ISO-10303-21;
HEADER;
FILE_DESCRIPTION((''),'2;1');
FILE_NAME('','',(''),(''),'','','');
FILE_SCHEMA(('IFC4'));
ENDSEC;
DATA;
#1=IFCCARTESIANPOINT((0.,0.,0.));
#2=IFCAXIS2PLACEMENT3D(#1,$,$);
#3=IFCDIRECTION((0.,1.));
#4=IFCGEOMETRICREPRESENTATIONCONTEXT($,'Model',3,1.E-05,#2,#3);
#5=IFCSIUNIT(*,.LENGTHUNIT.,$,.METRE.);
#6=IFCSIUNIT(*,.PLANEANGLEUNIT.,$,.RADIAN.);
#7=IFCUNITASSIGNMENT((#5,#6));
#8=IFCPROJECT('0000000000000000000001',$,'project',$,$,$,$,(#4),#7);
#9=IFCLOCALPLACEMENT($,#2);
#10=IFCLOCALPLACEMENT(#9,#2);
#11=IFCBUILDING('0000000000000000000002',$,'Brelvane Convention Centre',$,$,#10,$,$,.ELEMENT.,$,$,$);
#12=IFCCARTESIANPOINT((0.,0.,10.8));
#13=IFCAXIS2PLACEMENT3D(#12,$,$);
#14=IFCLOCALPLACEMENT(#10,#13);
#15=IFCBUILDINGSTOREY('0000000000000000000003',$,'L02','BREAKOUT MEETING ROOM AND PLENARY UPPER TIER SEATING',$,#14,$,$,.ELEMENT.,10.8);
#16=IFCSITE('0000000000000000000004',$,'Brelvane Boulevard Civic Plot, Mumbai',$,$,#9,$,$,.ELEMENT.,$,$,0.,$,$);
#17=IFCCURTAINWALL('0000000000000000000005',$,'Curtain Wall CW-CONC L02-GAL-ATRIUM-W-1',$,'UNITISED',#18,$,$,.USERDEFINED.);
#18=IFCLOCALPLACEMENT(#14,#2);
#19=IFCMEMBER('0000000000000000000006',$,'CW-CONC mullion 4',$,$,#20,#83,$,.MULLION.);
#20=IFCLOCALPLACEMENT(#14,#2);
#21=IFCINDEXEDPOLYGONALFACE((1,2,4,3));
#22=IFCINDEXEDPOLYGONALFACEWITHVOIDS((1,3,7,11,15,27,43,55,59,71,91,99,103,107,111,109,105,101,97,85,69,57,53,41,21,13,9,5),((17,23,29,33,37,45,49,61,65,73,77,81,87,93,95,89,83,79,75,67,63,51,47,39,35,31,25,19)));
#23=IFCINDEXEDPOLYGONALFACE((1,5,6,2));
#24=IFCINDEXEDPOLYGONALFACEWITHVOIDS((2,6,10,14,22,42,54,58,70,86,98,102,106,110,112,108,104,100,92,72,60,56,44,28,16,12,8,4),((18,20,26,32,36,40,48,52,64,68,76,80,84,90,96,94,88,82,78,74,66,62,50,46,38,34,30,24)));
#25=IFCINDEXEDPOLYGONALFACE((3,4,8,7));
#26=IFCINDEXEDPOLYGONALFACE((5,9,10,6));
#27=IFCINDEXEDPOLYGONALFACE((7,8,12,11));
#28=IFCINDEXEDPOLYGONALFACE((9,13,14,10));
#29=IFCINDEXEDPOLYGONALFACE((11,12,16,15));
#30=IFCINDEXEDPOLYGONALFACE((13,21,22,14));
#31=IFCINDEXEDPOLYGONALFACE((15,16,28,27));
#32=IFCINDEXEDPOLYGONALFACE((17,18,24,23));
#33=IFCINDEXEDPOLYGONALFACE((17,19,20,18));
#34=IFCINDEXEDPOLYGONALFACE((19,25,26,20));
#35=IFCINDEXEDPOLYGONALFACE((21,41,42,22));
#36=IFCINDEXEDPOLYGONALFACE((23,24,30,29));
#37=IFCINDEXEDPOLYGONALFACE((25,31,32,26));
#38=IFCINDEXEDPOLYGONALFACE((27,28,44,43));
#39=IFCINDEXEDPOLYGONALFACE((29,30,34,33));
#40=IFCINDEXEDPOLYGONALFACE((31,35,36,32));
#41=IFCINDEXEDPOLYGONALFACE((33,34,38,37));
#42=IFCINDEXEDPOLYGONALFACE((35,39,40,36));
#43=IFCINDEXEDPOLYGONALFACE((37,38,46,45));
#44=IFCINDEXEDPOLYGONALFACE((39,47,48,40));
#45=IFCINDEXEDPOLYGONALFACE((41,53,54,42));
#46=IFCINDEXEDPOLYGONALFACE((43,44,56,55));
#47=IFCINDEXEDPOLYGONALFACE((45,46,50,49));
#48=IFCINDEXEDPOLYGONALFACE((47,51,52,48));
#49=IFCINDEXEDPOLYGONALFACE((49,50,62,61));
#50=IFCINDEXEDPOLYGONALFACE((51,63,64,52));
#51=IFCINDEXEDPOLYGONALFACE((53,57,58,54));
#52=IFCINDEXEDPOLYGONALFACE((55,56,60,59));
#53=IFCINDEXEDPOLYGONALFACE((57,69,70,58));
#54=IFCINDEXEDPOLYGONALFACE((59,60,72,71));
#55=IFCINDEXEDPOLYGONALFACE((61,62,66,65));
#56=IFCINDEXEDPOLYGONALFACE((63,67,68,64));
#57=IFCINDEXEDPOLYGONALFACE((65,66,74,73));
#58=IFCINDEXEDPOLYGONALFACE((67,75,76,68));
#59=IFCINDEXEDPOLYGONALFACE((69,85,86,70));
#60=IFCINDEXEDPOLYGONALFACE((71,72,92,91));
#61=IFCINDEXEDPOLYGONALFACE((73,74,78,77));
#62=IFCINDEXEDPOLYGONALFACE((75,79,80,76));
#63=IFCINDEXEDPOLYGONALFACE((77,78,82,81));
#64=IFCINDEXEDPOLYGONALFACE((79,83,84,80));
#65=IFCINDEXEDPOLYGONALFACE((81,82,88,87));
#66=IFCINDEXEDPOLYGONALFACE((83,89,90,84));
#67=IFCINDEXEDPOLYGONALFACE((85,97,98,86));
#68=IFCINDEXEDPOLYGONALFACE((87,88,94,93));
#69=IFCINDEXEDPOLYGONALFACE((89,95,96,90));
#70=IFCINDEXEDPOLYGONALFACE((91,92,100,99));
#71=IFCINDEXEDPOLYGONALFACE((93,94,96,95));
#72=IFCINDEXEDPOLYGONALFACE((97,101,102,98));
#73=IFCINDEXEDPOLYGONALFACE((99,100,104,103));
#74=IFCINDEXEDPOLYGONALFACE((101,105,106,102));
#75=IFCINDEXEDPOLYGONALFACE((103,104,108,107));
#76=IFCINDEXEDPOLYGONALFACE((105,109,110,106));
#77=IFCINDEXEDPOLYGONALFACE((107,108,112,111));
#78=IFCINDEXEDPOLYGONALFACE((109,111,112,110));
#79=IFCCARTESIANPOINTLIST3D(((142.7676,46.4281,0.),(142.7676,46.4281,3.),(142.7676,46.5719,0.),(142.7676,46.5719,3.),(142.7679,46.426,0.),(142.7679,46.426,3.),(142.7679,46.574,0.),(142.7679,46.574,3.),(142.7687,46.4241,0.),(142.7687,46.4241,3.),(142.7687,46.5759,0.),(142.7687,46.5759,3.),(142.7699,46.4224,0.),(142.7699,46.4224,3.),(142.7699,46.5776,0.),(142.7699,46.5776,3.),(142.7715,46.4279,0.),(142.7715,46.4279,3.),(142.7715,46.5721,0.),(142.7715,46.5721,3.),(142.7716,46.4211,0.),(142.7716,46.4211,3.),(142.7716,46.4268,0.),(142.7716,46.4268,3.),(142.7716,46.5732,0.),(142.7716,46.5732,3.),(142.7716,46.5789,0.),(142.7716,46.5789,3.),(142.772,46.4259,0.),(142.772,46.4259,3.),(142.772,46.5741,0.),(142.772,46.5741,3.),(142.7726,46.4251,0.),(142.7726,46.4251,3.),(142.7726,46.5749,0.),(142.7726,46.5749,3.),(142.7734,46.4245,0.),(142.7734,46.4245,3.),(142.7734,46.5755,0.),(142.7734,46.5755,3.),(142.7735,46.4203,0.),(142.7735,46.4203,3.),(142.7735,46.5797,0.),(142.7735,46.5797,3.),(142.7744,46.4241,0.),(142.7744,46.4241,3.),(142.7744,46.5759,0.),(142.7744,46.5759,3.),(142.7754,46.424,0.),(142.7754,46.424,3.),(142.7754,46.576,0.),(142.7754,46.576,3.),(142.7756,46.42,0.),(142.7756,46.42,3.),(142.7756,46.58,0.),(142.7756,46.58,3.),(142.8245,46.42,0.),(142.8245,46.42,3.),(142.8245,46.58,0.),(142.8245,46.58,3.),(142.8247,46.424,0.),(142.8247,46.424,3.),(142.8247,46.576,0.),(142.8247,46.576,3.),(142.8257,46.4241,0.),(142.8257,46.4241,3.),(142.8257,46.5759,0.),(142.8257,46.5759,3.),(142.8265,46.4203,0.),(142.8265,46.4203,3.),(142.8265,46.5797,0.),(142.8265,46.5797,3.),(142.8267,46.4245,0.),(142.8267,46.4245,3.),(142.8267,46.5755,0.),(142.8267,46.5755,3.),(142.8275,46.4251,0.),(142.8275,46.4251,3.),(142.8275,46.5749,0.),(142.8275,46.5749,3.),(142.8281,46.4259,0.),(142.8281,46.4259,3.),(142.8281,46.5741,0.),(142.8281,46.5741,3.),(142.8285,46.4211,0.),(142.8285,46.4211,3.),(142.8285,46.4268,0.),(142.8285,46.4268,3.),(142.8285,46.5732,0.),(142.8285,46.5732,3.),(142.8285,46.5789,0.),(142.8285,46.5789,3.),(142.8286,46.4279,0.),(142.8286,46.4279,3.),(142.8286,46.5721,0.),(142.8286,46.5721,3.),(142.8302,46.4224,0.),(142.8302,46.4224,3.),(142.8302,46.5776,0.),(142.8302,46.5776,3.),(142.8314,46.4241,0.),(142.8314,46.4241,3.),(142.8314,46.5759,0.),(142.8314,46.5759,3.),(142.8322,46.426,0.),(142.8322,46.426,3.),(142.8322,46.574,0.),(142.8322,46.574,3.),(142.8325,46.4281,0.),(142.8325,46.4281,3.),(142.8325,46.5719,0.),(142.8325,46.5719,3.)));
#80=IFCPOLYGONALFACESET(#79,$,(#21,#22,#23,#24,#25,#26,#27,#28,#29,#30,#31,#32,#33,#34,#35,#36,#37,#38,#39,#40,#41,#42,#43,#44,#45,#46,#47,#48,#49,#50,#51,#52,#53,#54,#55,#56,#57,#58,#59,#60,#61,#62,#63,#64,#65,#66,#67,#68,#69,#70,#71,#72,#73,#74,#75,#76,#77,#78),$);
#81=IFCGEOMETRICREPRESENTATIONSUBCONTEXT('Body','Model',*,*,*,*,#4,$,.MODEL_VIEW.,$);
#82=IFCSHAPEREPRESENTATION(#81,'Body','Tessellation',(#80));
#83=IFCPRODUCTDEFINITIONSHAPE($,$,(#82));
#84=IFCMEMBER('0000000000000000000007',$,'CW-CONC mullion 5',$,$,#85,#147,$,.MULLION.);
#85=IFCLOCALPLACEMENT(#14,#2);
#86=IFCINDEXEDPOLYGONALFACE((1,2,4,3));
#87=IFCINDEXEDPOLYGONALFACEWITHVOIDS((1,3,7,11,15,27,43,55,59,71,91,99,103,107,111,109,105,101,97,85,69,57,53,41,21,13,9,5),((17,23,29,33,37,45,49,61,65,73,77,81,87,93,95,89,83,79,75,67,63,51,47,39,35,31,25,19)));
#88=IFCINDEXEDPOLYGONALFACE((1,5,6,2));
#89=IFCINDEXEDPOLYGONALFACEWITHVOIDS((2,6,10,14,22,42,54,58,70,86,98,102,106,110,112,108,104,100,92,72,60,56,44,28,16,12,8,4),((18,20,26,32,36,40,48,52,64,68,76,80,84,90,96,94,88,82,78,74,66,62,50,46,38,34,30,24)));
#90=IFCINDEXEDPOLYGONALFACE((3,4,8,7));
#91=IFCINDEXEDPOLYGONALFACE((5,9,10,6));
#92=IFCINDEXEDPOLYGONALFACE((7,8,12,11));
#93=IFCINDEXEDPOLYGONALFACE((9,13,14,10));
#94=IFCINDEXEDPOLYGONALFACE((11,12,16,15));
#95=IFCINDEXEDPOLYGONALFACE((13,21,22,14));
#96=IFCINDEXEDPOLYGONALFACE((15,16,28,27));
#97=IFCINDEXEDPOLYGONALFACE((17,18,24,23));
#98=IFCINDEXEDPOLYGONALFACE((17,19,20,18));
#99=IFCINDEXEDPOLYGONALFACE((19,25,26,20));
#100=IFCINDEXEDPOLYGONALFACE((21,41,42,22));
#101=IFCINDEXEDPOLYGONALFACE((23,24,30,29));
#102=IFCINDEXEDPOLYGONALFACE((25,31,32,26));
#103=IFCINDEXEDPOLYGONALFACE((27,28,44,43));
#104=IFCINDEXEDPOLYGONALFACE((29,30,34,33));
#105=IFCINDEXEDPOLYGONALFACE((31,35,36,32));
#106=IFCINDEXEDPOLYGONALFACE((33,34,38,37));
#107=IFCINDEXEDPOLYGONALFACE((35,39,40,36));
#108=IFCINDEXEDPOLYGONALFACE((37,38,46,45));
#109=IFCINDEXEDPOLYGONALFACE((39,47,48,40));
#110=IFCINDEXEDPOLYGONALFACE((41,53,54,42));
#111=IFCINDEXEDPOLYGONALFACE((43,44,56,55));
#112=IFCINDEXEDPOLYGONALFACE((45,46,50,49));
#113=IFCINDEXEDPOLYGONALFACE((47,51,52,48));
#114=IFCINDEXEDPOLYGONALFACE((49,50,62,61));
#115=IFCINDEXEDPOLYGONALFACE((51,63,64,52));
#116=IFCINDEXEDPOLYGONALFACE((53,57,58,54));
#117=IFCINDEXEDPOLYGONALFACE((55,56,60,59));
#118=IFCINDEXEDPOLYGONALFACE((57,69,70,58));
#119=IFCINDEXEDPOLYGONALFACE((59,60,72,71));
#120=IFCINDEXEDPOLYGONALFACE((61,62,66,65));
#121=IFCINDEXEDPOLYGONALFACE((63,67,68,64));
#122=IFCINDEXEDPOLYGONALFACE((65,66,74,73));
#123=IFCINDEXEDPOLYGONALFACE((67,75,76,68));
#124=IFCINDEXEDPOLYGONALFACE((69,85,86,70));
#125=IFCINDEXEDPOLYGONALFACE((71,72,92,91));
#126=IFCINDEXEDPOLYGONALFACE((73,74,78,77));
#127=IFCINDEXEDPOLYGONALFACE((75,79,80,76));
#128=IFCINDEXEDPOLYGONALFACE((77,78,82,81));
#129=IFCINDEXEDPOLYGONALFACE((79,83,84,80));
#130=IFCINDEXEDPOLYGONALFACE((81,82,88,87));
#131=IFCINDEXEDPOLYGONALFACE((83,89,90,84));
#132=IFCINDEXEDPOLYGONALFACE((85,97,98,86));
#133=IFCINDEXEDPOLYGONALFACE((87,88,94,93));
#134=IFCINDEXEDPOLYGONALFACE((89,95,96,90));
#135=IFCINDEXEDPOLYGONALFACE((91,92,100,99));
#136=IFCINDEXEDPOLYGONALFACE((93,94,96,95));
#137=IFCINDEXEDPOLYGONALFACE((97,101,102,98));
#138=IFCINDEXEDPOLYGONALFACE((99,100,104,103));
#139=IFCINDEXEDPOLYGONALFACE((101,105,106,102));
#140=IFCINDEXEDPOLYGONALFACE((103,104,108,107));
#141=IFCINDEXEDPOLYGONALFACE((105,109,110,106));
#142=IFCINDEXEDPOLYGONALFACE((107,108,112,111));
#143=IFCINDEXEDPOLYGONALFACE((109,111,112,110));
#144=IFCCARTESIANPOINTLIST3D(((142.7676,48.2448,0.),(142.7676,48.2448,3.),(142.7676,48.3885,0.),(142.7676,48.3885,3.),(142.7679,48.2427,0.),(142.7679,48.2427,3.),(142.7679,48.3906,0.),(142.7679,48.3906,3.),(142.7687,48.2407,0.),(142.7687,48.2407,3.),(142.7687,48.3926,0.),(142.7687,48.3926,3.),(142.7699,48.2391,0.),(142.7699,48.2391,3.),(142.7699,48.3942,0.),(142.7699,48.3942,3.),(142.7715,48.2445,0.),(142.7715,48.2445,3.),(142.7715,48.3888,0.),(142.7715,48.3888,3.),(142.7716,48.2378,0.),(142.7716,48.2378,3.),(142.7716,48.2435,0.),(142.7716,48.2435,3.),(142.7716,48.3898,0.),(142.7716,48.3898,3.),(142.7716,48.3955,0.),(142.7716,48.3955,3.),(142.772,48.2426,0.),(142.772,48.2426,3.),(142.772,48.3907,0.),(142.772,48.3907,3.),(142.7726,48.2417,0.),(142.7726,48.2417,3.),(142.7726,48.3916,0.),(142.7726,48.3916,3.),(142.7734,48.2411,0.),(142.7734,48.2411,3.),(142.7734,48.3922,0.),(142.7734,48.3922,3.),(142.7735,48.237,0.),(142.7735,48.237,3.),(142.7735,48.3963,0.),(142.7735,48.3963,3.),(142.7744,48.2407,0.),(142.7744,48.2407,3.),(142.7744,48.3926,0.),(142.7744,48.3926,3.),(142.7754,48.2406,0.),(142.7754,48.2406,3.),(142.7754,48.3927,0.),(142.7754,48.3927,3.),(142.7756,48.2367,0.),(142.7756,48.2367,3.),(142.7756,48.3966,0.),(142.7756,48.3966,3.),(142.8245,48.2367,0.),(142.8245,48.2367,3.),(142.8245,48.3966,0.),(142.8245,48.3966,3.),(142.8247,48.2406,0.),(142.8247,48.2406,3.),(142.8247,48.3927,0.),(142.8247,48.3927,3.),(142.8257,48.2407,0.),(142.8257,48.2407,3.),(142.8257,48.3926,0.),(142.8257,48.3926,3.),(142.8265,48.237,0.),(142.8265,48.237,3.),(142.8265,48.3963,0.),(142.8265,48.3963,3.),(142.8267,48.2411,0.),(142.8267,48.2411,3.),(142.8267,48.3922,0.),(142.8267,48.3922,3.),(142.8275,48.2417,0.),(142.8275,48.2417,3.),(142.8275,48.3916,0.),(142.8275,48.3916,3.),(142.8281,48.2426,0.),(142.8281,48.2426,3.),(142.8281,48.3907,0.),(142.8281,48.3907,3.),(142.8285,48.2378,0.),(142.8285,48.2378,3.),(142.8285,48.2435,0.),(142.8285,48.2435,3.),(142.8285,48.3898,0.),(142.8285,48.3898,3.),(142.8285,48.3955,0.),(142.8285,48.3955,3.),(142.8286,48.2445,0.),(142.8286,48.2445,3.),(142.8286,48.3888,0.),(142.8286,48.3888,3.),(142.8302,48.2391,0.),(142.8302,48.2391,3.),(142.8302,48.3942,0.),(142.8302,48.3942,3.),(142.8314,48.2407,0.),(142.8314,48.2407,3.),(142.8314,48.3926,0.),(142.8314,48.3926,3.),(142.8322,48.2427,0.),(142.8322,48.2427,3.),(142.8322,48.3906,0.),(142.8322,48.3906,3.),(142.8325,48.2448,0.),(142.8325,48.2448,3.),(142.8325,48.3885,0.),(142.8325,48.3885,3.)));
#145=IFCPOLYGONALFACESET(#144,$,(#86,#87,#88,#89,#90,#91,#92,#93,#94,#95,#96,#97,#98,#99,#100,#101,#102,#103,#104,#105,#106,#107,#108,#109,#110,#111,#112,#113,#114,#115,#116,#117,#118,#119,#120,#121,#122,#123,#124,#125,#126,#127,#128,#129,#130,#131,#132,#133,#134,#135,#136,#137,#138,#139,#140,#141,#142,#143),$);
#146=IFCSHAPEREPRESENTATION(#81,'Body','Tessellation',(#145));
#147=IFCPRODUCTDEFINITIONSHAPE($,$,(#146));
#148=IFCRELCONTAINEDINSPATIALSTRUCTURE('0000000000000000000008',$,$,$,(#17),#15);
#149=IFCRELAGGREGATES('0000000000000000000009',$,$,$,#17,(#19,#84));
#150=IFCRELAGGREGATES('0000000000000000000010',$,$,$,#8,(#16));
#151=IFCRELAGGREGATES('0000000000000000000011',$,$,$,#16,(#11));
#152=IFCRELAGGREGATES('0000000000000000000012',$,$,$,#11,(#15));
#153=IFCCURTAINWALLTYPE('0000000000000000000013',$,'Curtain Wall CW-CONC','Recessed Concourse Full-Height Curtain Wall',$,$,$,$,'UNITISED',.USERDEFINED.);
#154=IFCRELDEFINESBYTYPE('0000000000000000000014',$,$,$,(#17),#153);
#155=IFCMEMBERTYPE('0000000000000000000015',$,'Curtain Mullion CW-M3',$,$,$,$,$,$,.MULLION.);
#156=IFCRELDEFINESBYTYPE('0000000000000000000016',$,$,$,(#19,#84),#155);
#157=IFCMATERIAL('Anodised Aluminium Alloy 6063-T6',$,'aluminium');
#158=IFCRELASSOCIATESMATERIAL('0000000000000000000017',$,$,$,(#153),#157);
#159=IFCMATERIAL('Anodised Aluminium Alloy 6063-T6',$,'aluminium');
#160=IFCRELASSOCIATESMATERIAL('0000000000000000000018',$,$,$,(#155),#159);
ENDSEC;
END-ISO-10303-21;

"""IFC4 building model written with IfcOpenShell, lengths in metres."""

from ifc_helpers import new_model, si_unit, direction, frame, origin, origin_2d, place, context, subcontext, project, spatial, hollow_rectangle, extrude, material, material_profile, profile_set, type_object, element, aggregate, save


model = new_model("IFC4")

# Units and contexts
model_context = context("Model", 3, precision=1e-05, world=origin(), true_north=direction((0.0, 1.0)))
body_context = subcontext(model_context, "Body", "Model", "MODEL_VIEW")
ifc_project = project(units=[si_unit("LENGTHUNIT", "METRE"), si_unit("PLANEANGLEUNIT", "RADIAN")], contexts=[model_context])

# Site, building, storey
site_placement = place(None, origin())
site = spatial("IfcSite", under=ifc_project, at=site_placement, Name="Brelvane Boulevard Civic Plot, Mumbai", CompositionType="ELEMENT", RefElevation=0.0)
building_placement = place(site_placement, origin())
building = spatial("IfcBuilding", under=site, at=building_placement, Name="Brelvane Convention Centre", CompositionType="ELEMENT")
storey_placement = place(building_placement, frame((0.0, 0.0, 10.8)))
storey = spatial("IfcBuildingStorey", under=building, at=storey_placement, Name="L02", Description="BREAKOUT MEETING ROOM AND PLENARY UPPER TIER SEATING", CompositionType="ELEMENT", Elevation=10.8)

# Curtain wall, members
ifc_material_1 = material(Name="Anodised Aluminium Alloy 6063-T6", Category="aluminium")
curtain_wall_type = type_object("IfcCurtainWallType", Name="Curtain Wall CW-CONC", Description="Recessed Concourse Full-Height Curtain Wall", ElementType="UNITISED", PredefinedType="USERDEFINED", material=ifc_material_1)
curtain_wall_placement = place(storey_placement, origin())
curtain_wall = element("IfcCurtainWall", 1, at=curtain_wall_placement, inside=storey, type_object=curtain_wall_type, Name="Curtain Wall CW-CONC L02-GAL-ATRIUM-W-1", ObjectType="UNITISED", PredefinedType="USERDEFINED")
ifc_material_2 = material(Name="Anodised Aluminium Alloy 6063-T6", Category="aluminium")
ifc_material_profile_1 = material_profile(ifc_material_2, hollow_rectangle(XDim=0.0649, YDim=0.1599, WallThickness=0.0039, InnerFilletRadius=0.0039, OuterFilletRadius=0.0081, at=origin_2d()), Name="ALU-M 160x65x4.0")
ifc_profile_set_1 = profile_set([ifc_material_profile_1], Name="Anodised Aluminium Alloy 6063-T6")
member_type_1 = type_object("IfcMemberType", Name="Curtain Mullion CW-M3", PredefinedType="MULLION", material=ifc_profile_set_1)
member_1_placement = place(storey_placement, frame((142.8, 46.5, 0.0), z_axis=(0.0, 0.0, 1.0), x_axis=(-1.0, 0.0, 0.0)))
member_1 = element("IfcMember", 2, at=member_1_placement, type_object=member_type_1, Name="CW-CONC mullion 4", PredefinedType="MULLION", context=body_context, shape_type="SweptSolid", body=[
    extrude(hollow_rectangle(XDim=0.0649, YDim=0.1599, WallThickness=0.0039, InnerFilletRadius=0.0039, OuterFilletRadius=0.0081, at=origin_2d()), origin(), (0.0, 0.0, 1.0), 3.0),
])
member_2_placement = place(storey_placement, frame((142.8, 48.3167, 0.0), z_axis=(0.0, 0.0, 1.0), x_axis=(-1.0, 0.0, 0.0)))
member_2 = element("IfcMember", 3, at=member_2_placement, type_object=member_type_1, Name="CW-CONC mullion 5", PredefinedType="MULLION", context=body_context, shape_type="SweptSolid", body=[
    extrude(hollow_rectangle(XDim=0.0649, YDim=0.1599, WallThickness=0.0039, InnerFilletRadius=0.0039, OuterFilletRadius=0.0081, at=origin_2d()), origin(), (0.0, 0.0, 1.0), 3.0),
])
aggregate(curtain_wall, [member_1, member_2])

save(model, "model.ifc")
